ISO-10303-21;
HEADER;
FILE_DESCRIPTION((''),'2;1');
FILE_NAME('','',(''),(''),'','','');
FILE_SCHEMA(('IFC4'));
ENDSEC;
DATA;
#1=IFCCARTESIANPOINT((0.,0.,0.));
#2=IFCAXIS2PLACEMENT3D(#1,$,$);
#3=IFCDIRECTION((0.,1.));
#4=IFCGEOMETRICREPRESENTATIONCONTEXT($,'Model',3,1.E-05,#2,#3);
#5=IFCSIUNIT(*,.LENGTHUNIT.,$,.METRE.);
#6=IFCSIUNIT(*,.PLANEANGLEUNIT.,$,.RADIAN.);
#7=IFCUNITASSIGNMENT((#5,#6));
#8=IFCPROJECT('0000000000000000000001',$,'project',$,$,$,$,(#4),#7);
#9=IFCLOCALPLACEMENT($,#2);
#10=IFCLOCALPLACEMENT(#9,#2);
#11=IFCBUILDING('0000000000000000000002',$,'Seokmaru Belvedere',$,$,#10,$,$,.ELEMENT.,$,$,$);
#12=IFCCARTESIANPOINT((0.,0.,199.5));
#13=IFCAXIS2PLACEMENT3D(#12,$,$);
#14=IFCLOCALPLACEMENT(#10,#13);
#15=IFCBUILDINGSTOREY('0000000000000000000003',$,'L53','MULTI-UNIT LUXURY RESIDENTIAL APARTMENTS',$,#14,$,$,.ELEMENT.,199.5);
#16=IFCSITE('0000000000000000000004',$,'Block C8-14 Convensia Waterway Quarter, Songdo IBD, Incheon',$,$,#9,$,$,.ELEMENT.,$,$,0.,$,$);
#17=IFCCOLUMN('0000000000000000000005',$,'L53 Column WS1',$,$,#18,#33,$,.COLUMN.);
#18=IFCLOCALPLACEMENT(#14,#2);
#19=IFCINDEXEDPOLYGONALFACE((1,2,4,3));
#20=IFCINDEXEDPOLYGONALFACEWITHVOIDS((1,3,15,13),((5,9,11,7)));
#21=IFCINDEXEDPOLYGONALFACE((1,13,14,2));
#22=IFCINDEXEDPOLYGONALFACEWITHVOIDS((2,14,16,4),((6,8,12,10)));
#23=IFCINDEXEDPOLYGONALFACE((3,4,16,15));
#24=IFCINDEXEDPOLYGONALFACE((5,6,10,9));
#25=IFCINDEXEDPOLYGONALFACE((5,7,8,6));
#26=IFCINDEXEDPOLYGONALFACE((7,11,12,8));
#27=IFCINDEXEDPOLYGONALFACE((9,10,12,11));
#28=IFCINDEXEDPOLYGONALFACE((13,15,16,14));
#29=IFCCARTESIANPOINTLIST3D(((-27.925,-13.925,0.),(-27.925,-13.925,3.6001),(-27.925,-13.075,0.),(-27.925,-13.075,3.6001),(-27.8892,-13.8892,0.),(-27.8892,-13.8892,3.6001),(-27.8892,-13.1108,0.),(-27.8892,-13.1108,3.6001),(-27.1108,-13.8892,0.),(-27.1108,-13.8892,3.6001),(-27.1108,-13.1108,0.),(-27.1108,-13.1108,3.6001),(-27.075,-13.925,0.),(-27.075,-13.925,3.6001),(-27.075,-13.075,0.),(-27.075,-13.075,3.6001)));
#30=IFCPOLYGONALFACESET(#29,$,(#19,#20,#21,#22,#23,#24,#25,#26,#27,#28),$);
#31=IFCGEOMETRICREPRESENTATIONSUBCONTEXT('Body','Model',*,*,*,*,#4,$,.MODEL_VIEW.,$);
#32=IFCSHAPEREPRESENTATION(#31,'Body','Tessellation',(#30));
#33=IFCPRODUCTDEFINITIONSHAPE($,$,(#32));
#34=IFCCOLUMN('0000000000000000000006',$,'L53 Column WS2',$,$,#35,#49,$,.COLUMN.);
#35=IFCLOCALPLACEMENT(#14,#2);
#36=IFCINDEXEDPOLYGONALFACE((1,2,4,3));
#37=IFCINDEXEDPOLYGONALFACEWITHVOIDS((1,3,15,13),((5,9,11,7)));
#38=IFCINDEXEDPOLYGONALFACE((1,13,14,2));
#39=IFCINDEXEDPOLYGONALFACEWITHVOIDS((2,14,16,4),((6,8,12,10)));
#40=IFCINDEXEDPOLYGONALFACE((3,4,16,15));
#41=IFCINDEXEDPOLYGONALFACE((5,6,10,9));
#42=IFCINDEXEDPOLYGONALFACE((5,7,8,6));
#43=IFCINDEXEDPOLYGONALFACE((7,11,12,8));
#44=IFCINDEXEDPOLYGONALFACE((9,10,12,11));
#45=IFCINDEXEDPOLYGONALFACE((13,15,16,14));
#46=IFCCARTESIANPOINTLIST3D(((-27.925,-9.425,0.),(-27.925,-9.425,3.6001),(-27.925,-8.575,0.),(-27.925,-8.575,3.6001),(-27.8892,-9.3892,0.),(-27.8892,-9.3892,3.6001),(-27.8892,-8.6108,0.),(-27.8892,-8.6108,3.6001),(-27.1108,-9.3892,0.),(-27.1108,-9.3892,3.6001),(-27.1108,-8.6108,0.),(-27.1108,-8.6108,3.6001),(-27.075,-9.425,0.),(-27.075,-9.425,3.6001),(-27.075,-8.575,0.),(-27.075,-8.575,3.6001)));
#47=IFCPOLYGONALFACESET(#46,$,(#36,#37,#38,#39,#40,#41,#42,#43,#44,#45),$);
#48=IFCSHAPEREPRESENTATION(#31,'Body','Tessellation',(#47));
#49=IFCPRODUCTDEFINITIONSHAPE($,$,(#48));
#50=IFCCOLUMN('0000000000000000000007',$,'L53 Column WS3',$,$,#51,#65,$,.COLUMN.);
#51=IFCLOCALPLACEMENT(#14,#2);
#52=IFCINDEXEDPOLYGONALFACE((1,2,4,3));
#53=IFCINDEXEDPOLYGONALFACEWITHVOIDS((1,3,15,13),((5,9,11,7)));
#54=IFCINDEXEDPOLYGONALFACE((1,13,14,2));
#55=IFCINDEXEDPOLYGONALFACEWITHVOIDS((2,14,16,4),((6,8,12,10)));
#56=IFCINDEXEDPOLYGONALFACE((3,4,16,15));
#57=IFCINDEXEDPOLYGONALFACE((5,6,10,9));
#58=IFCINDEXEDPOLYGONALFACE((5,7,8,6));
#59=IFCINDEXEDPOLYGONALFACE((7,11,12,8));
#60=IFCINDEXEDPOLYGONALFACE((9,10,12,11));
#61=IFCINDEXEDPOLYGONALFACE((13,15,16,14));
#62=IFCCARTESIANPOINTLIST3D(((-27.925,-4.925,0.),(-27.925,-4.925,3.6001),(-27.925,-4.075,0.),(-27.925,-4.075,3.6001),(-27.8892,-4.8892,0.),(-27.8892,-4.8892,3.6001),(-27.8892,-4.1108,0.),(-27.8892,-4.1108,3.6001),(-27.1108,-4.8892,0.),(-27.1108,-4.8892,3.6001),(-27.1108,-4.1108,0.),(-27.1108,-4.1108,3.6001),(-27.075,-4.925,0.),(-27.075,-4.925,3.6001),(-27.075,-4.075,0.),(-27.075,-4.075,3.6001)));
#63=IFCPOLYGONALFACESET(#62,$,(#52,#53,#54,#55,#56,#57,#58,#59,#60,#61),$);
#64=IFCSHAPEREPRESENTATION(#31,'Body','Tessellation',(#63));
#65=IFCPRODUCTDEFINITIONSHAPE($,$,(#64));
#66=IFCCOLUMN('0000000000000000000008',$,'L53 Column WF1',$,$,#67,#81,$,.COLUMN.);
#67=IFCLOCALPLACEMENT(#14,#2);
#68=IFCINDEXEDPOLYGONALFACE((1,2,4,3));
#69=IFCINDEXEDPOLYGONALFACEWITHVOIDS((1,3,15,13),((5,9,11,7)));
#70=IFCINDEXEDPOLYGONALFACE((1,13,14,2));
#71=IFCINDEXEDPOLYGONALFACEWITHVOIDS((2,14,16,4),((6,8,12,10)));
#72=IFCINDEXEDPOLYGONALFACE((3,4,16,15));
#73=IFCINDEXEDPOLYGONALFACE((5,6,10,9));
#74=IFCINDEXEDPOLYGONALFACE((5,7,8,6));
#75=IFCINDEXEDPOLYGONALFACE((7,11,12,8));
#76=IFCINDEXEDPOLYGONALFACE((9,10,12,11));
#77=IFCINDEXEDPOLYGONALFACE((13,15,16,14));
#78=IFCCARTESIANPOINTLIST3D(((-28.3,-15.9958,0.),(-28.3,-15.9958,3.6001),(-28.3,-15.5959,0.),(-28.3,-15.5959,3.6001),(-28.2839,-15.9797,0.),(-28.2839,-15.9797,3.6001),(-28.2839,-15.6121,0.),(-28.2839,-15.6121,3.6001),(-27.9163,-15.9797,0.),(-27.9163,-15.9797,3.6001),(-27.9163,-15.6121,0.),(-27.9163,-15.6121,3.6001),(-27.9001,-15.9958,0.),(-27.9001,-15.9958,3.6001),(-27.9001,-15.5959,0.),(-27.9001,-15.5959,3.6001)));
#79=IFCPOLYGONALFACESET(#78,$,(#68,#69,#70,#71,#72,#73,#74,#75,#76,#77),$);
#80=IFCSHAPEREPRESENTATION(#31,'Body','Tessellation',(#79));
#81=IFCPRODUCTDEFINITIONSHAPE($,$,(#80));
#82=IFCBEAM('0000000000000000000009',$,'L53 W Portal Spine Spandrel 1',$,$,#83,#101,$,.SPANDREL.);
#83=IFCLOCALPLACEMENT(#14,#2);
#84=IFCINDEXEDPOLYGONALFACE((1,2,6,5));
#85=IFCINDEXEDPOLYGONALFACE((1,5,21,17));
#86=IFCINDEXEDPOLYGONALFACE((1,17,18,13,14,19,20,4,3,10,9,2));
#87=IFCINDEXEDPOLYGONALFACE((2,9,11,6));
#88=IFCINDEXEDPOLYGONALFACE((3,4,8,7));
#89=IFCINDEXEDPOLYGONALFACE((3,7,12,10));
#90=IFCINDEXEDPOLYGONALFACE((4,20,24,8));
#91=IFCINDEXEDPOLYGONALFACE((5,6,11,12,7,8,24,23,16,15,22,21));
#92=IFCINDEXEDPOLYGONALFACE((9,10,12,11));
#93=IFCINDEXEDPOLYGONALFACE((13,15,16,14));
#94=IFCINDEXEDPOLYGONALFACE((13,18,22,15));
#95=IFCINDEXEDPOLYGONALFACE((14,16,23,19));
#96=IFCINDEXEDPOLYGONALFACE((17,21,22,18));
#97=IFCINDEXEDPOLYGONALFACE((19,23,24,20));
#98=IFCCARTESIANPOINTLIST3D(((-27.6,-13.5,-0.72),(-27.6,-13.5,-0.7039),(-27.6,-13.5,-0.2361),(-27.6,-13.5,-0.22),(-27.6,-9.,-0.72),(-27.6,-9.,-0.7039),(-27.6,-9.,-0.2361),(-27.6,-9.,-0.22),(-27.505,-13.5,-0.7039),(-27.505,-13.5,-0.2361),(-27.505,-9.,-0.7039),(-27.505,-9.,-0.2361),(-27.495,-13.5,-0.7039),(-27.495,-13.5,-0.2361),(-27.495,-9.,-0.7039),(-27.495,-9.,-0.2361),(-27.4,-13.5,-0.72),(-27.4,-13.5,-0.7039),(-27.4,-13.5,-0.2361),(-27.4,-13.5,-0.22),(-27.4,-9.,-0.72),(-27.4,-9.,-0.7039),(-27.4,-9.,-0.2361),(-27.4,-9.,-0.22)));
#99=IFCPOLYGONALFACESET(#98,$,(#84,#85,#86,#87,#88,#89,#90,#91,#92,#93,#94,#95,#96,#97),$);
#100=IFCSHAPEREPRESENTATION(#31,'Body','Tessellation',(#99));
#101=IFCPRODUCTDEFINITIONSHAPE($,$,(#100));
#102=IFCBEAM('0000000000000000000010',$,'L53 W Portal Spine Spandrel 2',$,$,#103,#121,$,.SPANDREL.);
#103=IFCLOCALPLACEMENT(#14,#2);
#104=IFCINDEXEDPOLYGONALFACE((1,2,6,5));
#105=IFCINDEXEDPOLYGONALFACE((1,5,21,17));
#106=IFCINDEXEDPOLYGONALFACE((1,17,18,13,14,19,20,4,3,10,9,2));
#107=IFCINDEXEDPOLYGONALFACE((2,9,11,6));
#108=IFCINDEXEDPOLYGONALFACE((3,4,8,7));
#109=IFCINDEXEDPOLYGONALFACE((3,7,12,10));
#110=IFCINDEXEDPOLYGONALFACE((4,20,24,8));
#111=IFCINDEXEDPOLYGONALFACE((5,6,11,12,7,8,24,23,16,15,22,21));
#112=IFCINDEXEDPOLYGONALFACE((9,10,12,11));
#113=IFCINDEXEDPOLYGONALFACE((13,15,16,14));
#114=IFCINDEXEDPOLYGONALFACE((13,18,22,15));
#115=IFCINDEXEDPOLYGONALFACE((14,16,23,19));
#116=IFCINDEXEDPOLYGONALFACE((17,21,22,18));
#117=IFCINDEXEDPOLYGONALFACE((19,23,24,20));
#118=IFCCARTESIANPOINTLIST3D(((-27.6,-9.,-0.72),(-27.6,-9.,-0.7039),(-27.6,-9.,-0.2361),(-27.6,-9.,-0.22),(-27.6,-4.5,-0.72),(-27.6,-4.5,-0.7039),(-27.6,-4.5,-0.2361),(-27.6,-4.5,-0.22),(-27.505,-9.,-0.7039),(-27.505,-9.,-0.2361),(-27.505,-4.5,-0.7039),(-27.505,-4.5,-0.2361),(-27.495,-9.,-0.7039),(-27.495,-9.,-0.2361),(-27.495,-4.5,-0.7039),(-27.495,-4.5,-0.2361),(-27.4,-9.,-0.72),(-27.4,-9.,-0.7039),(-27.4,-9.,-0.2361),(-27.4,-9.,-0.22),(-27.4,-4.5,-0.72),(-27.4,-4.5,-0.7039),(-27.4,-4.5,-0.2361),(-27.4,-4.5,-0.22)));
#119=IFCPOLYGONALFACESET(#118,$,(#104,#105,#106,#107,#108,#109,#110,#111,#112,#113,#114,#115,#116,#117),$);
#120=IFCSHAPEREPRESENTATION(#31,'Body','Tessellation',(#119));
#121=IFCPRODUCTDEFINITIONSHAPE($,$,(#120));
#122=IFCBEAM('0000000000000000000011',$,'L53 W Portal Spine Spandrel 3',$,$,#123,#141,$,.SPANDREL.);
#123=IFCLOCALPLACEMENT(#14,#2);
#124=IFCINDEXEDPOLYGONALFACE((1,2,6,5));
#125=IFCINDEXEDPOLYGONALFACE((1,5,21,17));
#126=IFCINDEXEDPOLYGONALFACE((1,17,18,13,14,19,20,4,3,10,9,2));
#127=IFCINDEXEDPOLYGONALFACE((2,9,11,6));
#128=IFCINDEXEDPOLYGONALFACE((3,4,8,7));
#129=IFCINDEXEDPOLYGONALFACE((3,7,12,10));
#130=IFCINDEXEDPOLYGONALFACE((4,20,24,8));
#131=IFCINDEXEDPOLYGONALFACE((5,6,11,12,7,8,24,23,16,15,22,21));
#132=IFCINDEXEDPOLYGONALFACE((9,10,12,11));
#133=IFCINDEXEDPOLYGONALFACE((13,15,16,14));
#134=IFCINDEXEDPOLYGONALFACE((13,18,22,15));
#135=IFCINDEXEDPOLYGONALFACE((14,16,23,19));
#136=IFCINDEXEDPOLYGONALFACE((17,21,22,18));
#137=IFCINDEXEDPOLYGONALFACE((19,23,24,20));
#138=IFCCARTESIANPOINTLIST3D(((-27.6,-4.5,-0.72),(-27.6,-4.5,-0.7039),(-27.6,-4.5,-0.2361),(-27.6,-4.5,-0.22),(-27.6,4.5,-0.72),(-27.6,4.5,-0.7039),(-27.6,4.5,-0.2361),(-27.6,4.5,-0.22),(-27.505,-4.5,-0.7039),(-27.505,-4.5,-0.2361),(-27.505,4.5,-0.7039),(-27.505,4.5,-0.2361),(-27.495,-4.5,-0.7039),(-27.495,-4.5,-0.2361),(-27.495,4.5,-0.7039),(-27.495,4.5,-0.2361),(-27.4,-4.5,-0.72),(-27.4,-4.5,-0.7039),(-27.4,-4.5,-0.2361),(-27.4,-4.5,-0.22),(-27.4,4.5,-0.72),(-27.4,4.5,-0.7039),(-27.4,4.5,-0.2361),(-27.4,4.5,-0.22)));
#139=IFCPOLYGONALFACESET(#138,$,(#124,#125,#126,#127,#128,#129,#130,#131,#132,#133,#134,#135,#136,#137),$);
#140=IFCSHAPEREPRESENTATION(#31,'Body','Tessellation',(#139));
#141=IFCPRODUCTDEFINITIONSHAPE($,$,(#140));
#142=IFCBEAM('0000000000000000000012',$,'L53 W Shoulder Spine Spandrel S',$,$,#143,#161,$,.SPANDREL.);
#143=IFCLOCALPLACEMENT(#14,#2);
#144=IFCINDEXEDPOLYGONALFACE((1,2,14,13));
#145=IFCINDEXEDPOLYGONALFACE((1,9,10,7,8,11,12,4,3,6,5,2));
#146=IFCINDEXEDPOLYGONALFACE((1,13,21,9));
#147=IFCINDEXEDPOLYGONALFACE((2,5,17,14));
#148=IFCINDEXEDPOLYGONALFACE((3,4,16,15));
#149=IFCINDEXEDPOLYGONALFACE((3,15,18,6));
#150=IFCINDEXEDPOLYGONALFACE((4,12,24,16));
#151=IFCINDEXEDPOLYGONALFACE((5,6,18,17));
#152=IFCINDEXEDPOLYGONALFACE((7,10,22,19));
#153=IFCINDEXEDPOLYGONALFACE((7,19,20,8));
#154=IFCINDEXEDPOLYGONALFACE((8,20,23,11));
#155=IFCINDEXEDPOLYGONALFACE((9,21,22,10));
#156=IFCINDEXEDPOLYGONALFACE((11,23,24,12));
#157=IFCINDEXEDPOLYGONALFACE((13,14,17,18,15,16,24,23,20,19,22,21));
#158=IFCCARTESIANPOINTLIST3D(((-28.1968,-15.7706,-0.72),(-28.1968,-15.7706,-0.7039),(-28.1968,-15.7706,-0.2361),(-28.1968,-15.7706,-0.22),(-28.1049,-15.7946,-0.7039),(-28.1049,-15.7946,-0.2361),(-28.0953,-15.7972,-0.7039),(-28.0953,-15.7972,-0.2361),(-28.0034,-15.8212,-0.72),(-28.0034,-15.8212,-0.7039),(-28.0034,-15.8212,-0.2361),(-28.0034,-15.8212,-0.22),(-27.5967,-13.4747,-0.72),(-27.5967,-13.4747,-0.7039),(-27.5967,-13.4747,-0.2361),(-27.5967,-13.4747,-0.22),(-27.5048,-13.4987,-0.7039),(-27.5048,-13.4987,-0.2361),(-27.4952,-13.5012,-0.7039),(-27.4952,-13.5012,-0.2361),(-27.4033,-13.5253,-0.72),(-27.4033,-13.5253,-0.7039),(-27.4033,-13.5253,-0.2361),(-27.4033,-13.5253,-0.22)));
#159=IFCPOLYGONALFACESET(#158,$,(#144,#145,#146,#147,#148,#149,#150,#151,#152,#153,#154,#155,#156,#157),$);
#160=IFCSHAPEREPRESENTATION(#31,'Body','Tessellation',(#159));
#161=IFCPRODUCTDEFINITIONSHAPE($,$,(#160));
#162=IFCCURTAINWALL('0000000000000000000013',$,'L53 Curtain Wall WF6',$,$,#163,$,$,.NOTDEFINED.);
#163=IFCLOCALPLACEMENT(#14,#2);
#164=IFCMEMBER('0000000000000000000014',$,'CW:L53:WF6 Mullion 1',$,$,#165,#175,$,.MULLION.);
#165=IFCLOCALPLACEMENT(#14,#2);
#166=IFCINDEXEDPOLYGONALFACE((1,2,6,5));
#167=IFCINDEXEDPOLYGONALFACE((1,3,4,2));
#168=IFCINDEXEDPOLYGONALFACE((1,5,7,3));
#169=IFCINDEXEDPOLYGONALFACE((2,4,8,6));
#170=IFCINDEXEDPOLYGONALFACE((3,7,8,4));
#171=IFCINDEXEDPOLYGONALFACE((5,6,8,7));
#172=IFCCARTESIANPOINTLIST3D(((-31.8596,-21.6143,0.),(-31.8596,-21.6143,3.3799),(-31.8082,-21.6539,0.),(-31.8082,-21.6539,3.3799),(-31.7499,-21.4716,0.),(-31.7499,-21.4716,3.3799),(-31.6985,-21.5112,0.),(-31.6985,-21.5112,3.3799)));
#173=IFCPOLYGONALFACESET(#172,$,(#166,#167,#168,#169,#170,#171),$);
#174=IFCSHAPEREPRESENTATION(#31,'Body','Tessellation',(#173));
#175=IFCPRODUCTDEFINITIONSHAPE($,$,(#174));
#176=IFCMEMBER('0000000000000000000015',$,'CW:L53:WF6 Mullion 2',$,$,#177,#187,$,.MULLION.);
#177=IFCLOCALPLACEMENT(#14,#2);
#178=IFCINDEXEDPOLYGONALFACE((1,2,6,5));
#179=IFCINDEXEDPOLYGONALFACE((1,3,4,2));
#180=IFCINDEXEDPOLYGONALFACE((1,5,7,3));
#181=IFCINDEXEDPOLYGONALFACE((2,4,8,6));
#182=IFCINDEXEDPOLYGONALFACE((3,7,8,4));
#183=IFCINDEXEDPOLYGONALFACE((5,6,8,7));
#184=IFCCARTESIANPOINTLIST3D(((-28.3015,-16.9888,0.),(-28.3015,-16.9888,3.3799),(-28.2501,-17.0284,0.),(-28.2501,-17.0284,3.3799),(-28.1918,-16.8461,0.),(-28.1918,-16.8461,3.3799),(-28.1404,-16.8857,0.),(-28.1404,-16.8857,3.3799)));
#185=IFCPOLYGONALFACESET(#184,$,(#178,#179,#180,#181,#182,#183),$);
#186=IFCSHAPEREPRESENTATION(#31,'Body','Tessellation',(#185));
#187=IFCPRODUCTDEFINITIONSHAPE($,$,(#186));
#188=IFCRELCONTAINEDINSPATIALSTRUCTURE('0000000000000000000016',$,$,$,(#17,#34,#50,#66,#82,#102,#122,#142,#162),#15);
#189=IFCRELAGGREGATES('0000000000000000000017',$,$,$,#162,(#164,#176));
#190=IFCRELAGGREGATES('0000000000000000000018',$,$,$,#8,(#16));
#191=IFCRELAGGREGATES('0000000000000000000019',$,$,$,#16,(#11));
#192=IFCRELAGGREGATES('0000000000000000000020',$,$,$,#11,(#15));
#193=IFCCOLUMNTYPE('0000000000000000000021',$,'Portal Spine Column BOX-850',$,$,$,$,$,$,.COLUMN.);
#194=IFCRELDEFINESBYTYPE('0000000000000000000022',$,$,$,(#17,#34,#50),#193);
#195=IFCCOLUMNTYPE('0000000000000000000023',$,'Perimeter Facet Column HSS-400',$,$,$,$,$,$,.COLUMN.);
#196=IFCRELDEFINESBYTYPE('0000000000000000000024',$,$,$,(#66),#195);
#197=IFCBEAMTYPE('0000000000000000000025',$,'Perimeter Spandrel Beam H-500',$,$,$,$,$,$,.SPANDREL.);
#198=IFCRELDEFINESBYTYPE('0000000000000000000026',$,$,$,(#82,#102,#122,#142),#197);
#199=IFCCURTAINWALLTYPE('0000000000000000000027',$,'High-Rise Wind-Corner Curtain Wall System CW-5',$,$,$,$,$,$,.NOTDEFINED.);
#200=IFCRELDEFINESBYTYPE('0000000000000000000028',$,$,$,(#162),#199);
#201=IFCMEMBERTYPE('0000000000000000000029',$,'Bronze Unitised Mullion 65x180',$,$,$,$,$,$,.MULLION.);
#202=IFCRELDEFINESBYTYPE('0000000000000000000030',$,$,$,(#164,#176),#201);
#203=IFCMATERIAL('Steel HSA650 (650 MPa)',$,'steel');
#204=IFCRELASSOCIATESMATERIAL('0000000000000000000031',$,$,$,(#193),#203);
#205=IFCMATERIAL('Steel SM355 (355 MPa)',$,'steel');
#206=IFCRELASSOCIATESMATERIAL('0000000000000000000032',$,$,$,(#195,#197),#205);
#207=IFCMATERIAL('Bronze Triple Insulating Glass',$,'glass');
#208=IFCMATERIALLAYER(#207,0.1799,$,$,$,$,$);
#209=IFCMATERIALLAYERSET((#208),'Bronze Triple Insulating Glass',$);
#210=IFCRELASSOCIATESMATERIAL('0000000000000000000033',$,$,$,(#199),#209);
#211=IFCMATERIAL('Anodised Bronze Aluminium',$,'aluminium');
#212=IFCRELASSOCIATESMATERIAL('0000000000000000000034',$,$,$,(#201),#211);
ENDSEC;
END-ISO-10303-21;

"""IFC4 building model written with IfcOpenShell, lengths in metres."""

from ifc_helpers import new_model, si_unit, direction, frame, origin, origin_2d, place, context, subcontext, project, spatial, rectangle, hollow_rectangle, i_section, extrude, source, transform, mapped, material, layer, layer_set, material_profile, profile_set, type_object, type_shapes, element, aggregate, save


model = new_model("IFC4")

# Units and contexts
model_context = context("Model", 3, precision=1e-05, world=origin(), true_north=direction((0.0, 1.0)))
body_context = subcontext(model_context, "Body", "Model", "MODEL_VIEW")
ifc_project = project(units=[si_unit("LENGTHUNIT", "METRE"), si_unit("PLANEANGLEUNIT", "RADIAN")], contexts=[model_context])

# Site, building, storey
site_placement = place(None, origin())
site = spatial("IfcSite", under=ifc_project, at=site_placement, Name="Block C8-14 Convensia Waterway Quarter, Songdo IBD, Incheon", CompositionType="ELEMENT", RefElevation=0.0)
building_placement = place(site_placement, origin())
building = spatial("IfcBuilding", under=site, at=building_placement, Name="Seokmaru Belvedere", CompositionType="ELEMENT")
storey_placement = place(building_placement, frame((0.0, 0.0, 199.5)))
storey = spatial("IfcBuildingStorey", under=building, at=storey_placement, Name="L53", Description="MULTI-UNIT LUXURY RESIDENTIAL APARTMENTS", CompositionType="ELEMENT", Elevation=199.5)

# Columns
ifc_material_1 = material(Name="Steel HSA650 (650 MPa)", Category="steel")
ifc_material_profile_1 = material_profile(ifc_material_1, hollow_rectangle(XDim=0.8501, YDim=0.8501, WallThickness=0.0359, at=origin_2d()), Name="BOX-850x850x36")
ifc_profile_set_1 = profile_set([ifc_material_profile_1], Name="Steel HSA650 (650 MPa)")
column_type_1 = type_object("IfcColumnType", Name="Portal Spine Column BOX-850", PredefinedType="COLUMN", material=ifc_profile_set_1)
shared_shape_1 = source(origin(), body_context, "Body", "SweptSolid", [
    extrude(hollow_rectangle(XDim=0.8501, YDim=0.8501, WallThickness=0.0359, at=origin_2d()), origin(), (0.0, 0.0, 1.0), 3.6001),
])
type_shapes(column_type_1, [shared_shape_1])
for number, where, z_axis, x_axis, name in (
    (1, (-27.5, -13.5, 0.0), (0.0, 0.0, 1.0), (1.0, 0.0, 0.0), "L53 Column WS1"),
    (2, (-27.5, -9.0, 0.0), (0.0, 0.0, 1.0), (1.0, 0.0, 0.0), "L53 Column WS2"),
    (3, (-27.5, -4.5, 0.0), (0.0, 0.0, 1.0), (1.0, 0.0, 0.0), "L53 Column WS3"),
):
    element("IfcColumn", number, at=place(storey_placement, frame(where, z_axis=z_axis, x_axis=x_axis)), inside=storey, type_object=column_type_1, Name=name, PredefinedType="COLUMN", context=body_context, shape_type="MappedRepresentation", body=[
        mapped(shared_shape_1, transform((0.0, 0.0, 0.0), scale=1.0)),
    ])
ifc_material_2 = material(Name="Steel SM355 (355 MPa)", Category="steel")
ifc_material_profile_2 = material_profile(ifc_material_2, hollow_rectangle(XDim=0.3999, YDim=0.3999, WallThickness=0.0161, at=origin_2d()), Name="HSS-400x400x16")
ifc_profile_set_2 = profile_set([ifc_material_profile_2], Name="Steel SM355 (355 MPa)")
column_type_2 = type_object("IfcColumnType", Name="Perimeter Facet Column HSS-400", PredefinedType="COLUMN", material=ifc_profile_set_2)
shared_shape_2 = source(origin(), body_context, "Body", "SweptSolid", [
    extrude(hollow_rectangle(XDim=0.3999, YDim=0.3999, WallThickness=0.0161, at=origin_2d()), origin(), (0.0, 0.0, 1.0), 3.6001),
])
type_shapes(column_type_2, [shared_shape_2])
column_placement = place(storey_placement, frame((-28.1001, -15.7959, 0.0), z_axis=(0.0, 0.0, 1.0), x_axis=(1.0, 0.0, 0.0)))
element("IfcColumn", 4, at=column_placement, inside=storey, type_object=column_type_2, Name="L53 Column WF1", PredefinedType="COLUMN", context=body_context, shape_type="MappedRepresentation", body=[
    mapped(shared_shape_2, transform((0.0, 0.0, 0.0), scale=1.0)),
])

# Beams
ifc_material_profile_3 = material_profile(ifc_material_2, i_section(OverallWidth=0.2, OverallDepth=0.5, WebThickness=0.01, FlangeThickness=0.0161, at=origin_2d()), Name="H-500x200x10x16")
ifc_profile_set_3 = profile_set([ifc_material_profile_3], Name="Steel SM355 (355 MPa)")
beam_type_1 = type_object("IfcBeamType", Name="Perimeter Spandrel Beam H-500", PredefinedType="SPANDREL", material=ifc_profile_set_3)
shared_shape_3 = source(origin(), body_context, "Body", "SweptSolid", [
    extrude(i_section(OverallWidth=0.2, OverallDepth=0.5, WebThickness=0.01, FlangeThickness=0.0161, at=origin_2d()), origin(), (0.0, 0.0, 1.0), 4.5),
])
for number, where, z_axis, x_axis, name in (
    (5, (-27.5, -13.5, -0.47), (0.0, 1.0, 0.0), (-1.0, 0.0, 0.0), "L53 W Portal Spine Spandrel 1"),
    (6, (-27.5, -9.0, -0.47), (0.0, 1.0, 0.0), (-1.0, 0.0, 0.0), "L53 W Portal Spine Spandrel 2"),
):
    element("IfcBeam", number, at=place(storey_placement, frame(where, z_axis=z_axis, x_axis=x_axis)), inside=storey, type_object=beam_type_1, Name=name, PredefinedType="SPANDREL", context=body_context, shape_type="MappedRepresentation", body=[
        mapped(shared_shape_3, transform((0.0, 0.0, 0.0), scale=1.0)),
    ])
shared_shape_4 = source(origin(), body_context, "Body", "SweptSolid", [
    extrude(i_section(OverallWidth=0.2, OverallDepth=0.5, WebThickness=0.01, FlangeThickness=0.0161, at=origin_2d()), origin(), (0.0, 0.0, 1.0), 9.0),
])
beam_1_placement = place(storey_placement, frame((-27.5, -4.5, -0.47), z_axis=(0.0, 1.0, 0.0), x_axis=(-1.0, 0.0, 0.0)))
element("IfcBeam", 7, at=beam_1_placement, inside=storey, type_object=beam_type_1, Name="L53 W Portal Spine Spandrel 3", PredefinedType="SPANDREL", context=body_context, shape_type="MappedRepresentation", body=[
    mapped(shared_shape_4, transform((0.0, 0.0, 0.0), scale=1.0)),
])
shared_shape_5 = source(origin(), body_context, "Body", "SweptSolid", [
    extrude(i_section(OverallWidth=0.2, OverallDepth=0.5, WebThickness=0.01, FlangeThickness=0.0161, at=origin_2d()), origin(), (0.0, 0.0, 1.0), 2.373),
])
type_shapes(beam_type_1, [shared_shape_3, shared_shape_4, shared_shape_5])
beam_2_placement = place(storey_placement, frame((-28.1001, -15.7959, -0.47), z_axis=(0.252883, 0.967497, 0.0), x_axis=(-0.967497, 0.252883, 0.0)))
element("IfcBeam", 8, at=beam_2_placement, inside=storey, type_object=beam_type_1, Name="L53 W Shoulder Spine Spandrel S", PredefinedType="SPANDREL", context=body_context, shape_type="MappedRepresentation", body=[
    mapped(shared_shape_5, transform((0.0, 0.0, 0.0), scale=1.0)),
])

# Curtain wall, members
ifc_material_3 = material(Name="Bronze Triple Insulating Glass", Category="glass")
ifc_layer_1 = layer(ifc_material_3, 0.1799)
ifc_layer_set_1 = layer_set([ifc_layer_1], Name="Bronze Triple Insulating Glass")
curtain_wall_type = type_object("IfcCurtainWallType", Name="High-Rise Wind-Corner Curtain Wall System CW-5", PredefinedType="NOTDEFINED", material=ifc_layer_set_1)
curtain_wall_placement = place(storey_placement, origin())
curtain_wall = element("IfcCurtainWall", 9, at=curtain_wall_placement, inside=storey, type_object=curtain_wall_type, Name="L53 Curtain Wall WF6", PredefinedType="NOTDEFINED")
ifc_material_4 = material(Name="Anodised Bronze Aluminium", Category="aluminium")
ifc_material_profile_4 = material_profile(ifc_material_4, rectangle(XDim=0.0649, YDim=0.1799, at=origin_2d()), Name="CW-M-65x180")
ifc_profile_set_4 = profile_set([ifc_material_profile_4], Name="Anodised Bronze Aluminium")
member_type_1 = type_object("IfcMemberType", Name="Bronze Unitised Mullion 65x180", PredefinedType="MULLION", material=ifc_profile_set_4)
shared_shape_6 = source(origin(), body_context, "Body", "SweptSolid", [
    extrude(rectangle(XDim=0.0649, YDim=0.1799, at=origin_2d()), origin(), (0.0, 0.0, 1.0), 3.3799),
])
type_shapes(member_type_1, [shared_shape_6])
member_1_placement = place(storey_placement, frame((-31.7791, -21.5627, 0.0), z_axis=(0.0, 0.0, 1.0), x_axis=(-0.792631, 0.609701, 0.0)))
member_1 = element("IfcMember", 10, at=member_1_placement, type_object=member_type_1, Name="CW:L53:WF6 Mullion 1", PredefinedType="MULLION", context=body_context, shape_type="MappedRepresentation", body=[
    mapped(shared_shape_6, transform((0.0, 0.0, 0.0), scale=1.0)),
])
member_2_placement = place(storey_placement, frame((-28.2209, -16.9373, 0.0), z_axis=(0.0, 0.0, 1.0), x_axis=(-0.792631, 0.609701, 0.0)))
member_2 = element("IfcMember", 11, at=member_2_placement, type_object=member_type_1, Name="CW:L53:WF6 Mullion 2", PredefinedType="MULLION", context=body_context, shape_type="MappedRepresentation", body=[
    mapped(shared_shape_6, transform((0.0, 0.0, 0.0), scale=1.0)),
])

aggregate(curtain_wall, [member_1, member_2])

save(model, "model.ifc")
